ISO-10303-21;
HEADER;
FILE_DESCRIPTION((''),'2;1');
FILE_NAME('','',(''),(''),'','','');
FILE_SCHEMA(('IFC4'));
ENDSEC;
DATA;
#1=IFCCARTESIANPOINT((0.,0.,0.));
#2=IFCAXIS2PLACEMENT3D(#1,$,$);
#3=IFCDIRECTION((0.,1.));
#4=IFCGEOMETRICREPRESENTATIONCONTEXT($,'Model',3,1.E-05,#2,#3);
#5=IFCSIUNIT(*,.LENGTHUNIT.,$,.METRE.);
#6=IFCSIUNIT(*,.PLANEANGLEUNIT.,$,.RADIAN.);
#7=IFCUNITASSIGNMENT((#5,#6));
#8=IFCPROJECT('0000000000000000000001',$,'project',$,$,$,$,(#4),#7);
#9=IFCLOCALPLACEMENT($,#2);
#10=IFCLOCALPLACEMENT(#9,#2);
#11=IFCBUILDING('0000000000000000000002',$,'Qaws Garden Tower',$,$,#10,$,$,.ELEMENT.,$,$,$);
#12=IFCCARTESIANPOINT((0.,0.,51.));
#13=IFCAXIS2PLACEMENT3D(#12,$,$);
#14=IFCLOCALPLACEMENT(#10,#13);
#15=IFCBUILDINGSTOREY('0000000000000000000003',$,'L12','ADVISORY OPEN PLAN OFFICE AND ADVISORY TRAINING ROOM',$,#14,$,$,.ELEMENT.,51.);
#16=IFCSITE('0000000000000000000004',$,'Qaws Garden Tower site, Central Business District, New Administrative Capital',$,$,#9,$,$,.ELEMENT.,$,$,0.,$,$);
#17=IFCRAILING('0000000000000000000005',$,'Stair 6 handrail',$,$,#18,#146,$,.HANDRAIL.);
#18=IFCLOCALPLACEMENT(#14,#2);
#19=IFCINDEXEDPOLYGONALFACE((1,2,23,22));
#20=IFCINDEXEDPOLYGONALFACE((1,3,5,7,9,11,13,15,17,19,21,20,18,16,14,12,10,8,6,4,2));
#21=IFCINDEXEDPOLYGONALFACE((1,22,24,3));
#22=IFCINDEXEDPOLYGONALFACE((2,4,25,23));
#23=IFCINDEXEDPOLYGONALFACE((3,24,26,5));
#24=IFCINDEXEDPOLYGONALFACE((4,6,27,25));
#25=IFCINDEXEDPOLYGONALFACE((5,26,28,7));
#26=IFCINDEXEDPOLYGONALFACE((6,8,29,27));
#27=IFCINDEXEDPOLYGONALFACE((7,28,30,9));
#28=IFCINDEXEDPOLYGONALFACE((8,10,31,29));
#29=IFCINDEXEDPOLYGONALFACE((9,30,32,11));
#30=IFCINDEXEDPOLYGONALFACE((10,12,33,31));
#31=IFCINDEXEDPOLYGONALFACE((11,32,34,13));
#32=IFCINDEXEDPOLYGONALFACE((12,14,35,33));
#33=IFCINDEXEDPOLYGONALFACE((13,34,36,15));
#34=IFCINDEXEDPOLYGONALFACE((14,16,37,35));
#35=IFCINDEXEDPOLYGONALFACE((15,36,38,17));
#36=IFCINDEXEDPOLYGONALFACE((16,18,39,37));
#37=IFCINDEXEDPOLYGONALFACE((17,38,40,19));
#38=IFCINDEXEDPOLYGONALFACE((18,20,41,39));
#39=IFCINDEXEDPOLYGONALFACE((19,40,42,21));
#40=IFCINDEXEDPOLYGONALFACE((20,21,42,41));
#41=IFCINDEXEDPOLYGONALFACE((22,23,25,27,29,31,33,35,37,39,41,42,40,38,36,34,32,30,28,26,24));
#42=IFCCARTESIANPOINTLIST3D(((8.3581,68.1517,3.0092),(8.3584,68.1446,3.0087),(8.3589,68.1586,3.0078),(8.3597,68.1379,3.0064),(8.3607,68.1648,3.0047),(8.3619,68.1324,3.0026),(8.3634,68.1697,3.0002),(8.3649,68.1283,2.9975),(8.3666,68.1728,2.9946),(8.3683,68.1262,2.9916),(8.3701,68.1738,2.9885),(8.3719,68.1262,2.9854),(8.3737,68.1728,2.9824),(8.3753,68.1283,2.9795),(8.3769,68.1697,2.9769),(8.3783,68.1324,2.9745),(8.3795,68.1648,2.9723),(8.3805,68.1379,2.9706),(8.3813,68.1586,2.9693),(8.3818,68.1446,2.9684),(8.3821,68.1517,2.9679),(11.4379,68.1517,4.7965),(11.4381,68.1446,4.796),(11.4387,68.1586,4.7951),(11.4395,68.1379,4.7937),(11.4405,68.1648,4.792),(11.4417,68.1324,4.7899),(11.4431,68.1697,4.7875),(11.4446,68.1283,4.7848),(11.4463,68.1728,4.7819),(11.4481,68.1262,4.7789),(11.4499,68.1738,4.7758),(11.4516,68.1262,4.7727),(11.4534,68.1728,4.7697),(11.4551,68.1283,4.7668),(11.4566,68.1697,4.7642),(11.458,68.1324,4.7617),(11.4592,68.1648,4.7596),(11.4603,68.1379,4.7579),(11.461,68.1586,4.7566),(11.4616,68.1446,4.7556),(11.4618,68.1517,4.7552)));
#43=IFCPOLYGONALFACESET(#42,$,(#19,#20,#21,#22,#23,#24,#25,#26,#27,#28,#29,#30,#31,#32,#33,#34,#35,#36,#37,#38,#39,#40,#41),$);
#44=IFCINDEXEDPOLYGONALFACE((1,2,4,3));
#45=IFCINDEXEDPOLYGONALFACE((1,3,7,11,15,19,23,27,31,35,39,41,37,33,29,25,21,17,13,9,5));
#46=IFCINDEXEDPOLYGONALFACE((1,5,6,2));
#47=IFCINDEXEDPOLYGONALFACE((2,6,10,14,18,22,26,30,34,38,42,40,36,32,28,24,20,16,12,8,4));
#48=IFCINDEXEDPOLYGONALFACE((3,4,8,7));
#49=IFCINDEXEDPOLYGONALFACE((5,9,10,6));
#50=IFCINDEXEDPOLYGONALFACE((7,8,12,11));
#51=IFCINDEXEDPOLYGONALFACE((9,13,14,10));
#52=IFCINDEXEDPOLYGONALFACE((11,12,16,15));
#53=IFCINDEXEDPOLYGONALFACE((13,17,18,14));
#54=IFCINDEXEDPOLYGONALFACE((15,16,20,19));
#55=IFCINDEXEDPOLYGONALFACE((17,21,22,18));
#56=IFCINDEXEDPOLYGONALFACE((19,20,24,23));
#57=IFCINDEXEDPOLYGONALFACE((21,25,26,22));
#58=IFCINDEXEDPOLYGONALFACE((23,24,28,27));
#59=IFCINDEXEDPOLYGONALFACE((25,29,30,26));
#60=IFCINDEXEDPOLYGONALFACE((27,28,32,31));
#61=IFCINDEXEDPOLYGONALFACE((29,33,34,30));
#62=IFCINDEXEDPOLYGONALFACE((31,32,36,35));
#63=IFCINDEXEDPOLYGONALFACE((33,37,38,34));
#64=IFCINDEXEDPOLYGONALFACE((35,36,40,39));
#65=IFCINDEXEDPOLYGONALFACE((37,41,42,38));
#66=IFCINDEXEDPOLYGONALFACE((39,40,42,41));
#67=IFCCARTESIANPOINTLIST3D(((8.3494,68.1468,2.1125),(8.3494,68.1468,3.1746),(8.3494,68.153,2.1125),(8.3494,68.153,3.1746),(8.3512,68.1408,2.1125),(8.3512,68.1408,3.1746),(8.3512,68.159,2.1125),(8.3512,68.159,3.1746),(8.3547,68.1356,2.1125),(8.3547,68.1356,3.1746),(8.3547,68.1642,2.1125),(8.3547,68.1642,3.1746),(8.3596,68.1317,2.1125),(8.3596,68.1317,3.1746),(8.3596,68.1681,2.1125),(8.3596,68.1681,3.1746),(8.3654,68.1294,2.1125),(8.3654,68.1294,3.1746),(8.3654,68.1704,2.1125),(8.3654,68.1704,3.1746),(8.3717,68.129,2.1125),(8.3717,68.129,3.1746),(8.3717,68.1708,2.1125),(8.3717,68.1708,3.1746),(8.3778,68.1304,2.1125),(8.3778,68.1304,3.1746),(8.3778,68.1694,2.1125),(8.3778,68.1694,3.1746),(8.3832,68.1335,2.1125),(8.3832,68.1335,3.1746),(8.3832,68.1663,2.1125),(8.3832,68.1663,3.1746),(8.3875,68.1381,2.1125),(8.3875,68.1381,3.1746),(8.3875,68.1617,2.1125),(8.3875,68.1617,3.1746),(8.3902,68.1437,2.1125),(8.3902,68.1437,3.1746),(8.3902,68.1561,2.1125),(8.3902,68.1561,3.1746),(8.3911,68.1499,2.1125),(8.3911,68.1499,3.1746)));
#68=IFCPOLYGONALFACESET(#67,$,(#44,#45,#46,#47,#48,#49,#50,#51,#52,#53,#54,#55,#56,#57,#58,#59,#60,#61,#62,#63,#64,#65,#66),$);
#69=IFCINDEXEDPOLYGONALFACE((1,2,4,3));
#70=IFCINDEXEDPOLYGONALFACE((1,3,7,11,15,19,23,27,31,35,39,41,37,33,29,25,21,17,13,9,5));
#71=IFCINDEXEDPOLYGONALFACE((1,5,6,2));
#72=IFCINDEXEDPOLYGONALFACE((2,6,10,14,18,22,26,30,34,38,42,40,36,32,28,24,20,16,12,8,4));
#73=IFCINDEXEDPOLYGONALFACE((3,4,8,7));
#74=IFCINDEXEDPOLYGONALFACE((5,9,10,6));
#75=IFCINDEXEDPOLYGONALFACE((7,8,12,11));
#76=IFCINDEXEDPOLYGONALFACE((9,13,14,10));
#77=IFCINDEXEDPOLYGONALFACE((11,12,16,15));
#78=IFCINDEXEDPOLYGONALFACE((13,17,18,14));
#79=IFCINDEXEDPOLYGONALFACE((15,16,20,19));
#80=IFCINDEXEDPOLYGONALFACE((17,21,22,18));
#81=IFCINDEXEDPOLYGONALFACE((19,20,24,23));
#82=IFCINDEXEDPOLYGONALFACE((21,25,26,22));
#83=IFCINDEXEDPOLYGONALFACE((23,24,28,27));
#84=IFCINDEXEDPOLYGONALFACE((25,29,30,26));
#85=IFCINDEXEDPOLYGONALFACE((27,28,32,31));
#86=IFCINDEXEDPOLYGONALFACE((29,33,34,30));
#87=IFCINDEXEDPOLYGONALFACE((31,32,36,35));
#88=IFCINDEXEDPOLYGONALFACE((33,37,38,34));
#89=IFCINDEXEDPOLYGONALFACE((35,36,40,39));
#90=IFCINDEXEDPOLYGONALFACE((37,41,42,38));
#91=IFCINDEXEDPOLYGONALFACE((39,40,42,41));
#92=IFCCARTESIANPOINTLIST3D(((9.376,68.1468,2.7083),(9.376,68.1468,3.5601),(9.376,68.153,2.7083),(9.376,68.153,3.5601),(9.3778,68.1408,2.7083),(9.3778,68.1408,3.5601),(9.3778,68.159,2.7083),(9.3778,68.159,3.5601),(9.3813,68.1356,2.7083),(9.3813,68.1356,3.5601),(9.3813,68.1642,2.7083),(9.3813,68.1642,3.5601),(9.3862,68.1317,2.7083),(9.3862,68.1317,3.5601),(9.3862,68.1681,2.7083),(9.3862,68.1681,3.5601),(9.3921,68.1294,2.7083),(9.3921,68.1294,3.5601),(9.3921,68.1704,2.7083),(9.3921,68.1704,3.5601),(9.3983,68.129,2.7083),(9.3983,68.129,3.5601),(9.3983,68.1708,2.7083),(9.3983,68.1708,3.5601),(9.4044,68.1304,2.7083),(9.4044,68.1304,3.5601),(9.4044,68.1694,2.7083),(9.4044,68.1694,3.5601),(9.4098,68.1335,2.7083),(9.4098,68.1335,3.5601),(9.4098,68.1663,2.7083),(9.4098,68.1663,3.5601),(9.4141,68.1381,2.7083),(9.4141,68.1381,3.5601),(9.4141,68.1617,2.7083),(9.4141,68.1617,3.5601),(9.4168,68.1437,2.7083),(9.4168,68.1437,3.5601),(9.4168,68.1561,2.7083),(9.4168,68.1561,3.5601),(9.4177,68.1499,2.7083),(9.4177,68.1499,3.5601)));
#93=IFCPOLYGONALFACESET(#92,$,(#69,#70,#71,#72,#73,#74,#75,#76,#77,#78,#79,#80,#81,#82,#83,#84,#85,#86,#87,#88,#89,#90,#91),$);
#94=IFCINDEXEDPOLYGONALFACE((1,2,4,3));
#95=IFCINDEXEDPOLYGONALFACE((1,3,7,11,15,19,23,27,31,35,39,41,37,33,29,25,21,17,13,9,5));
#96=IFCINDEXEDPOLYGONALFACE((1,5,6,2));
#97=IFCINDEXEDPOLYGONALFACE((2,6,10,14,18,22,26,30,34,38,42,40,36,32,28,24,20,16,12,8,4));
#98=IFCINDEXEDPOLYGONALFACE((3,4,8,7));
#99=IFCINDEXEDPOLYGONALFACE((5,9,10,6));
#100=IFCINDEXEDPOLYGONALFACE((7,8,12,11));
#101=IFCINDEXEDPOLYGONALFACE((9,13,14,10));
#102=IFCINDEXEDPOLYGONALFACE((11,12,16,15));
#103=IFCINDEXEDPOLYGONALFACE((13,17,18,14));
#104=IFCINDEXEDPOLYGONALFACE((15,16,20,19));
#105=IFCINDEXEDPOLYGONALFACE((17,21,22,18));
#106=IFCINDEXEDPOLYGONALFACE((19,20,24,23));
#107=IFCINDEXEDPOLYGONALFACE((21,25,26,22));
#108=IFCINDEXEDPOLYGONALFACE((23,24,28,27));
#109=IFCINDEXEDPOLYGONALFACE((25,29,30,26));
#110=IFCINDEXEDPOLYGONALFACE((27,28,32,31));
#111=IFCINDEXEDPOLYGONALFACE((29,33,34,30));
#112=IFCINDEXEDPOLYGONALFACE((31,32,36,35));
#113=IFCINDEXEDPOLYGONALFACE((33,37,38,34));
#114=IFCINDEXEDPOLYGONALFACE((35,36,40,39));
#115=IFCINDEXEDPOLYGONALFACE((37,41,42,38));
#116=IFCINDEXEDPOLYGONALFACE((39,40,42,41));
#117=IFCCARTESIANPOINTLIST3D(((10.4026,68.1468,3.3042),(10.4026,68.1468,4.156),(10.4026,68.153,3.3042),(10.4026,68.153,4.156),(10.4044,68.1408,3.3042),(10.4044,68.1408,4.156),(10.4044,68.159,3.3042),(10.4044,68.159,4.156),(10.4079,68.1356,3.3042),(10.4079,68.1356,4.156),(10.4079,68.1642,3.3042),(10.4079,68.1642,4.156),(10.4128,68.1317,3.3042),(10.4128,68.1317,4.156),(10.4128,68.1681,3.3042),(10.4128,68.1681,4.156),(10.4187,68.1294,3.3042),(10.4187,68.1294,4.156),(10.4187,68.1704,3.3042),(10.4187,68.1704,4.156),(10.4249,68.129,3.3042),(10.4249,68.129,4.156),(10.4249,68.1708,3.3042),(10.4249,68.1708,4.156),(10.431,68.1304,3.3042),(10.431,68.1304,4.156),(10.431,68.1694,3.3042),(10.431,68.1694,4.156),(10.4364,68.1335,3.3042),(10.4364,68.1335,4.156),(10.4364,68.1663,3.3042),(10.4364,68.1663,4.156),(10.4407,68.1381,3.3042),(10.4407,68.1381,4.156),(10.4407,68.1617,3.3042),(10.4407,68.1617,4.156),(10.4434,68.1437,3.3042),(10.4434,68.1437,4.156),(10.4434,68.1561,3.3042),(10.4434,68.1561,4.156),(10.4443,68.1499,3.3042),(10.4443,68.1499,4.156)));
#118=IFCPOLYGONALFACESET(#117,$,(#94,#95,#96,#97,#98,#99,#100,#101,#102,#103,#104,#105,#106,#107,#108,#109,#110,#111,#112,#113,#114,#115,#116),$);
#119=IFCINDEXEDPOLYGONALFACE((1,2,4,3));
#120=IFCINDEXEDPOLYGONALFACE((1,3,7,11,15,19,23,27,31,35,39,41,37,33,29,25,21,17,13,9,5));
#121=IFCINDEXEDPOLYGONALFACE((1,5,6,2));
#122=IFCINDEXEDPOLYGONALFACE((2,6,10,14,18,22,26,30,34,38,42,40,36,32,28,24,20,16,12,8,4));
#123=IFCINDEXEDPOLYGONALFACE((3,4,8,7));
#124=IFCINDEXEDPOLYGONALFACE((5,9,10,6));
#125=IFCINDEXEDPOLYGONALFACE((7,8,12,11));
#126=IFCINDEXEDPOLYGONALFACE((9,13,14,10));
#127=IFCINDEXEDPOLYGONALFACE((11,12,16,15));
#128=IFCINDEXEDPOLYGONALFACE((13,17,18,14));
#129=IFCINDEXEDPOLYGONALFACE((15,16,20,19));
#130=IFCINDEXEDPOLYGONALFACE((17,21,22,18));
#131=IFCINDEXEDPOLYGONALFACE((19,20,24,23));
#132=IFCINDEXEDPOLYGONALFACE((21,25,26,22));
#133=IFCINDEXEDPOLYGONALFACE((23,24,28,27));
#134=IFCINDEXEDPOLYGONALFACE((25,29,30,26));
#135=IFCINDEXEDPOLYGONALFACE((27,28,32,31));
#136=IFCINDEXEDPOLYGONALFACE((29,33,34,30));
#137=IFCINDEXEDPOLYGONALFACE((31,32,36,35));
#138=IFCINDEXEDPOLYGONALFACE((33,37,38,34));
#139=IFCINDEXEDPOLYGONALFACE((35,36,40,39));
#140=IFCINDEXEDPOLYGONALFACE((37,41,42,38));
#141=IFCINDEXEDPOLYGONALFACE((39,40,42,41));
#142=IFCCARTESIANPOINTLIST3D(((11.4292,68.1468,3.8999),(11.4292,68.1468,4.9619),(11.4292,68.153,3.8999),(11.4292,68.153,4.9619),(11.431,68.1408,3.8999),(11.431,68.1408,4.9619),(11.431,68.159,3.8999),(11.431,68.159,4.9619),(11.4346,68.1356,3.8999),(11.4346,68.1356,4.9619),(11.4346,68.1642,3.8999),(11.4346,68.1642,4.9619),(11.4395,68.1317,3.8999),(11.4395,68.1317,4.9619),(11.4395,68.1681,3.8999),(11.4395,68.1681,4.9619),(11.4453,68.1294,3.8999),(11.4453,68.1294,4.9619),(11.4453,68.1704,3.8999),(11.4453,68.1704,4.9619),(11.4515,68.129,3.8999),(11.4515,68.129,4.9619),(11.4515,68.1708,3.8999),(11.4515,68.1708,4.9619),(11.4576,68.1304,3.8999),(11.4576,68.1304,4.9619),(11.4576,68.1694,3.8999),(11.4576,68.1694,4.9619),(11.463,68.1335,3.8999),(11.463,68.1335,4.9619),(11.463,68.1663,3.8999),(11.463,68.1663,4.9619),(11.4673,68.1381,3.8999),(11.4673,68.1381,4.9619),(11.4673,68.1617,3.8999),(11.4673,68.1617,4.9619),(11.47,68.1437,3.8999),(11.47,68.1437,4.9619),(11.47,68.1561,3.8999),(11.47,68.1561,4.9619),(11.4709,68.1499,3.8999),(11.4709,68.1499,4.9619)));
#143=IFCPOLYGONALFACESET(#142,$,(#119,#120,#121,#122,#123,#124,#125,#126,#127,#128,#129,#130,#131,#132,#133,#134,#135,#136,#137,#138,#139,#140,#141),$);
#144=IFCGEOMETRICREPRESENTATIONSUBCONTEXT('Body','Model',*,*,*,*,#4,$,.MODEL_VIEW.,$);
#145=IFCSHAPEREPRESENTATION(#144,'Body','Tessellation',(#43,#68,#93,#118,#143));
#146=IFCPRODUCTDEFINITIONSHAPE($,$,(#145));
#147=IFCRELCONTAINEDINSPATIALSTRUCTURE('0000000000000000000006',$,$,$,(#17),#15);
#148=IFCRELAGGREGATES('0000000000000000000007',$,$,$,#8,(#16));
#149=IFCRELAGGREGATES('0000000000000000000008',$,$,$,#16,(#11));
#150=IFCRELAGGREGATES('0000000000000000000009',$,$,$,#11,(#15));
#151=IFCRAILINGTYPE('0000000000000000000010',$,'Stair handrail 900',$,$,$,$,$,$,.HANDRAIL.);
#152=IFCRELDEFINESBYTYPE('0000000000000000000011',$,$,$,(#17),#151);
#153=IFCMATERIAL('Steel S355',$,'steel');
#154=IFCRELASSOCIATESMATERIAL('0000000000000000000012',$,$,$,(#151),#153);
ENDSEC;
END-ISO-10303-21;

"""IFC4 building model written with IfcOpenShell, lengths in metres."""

from ifc_helpers import new_model, si_unit, direction, frame, origin, origin_2d, place, context, subcontext, project, spatial, circle, extrude, material, type_object, element, save


model = new_model("IFC4")

# Units and contexts
model_context = context("Model", 3, precision=1e-05, world=origin(), true_north=direction((0.0, 1.0)))
body_context = subcontext(model_context, "Body", "Model", "MODEL_VIEW")
ifc_project = project(units=[si_unit("LENGTHUNIT", "METRE"), si_unit("PLANEANGLEUNIT", "RADIAN")], contexts=[model_context])

# Site, building, storey
site_placement = place(None, origin())
site = spatial("IfcSite", under=ifc_project, at=site_placement, Name="Qaws Garden Tower site, Central Business District, New Administrative Capital", CompositionType="ELEMENT", RefElevation=0.0)
building_placement = place(site_placement, origin())
building = spatial("IfcBuilding", under=site, at=building_placement, Name="Qaws Garden Tower", CompositionType="ELEMENT")
storey_placement = place(building_placement, frame((0.0, 0.0, 51.0)))
storey = spatial("IfcBuildingStorey", under=building, at=storey_placement, Name="L12", Description="ADVISORY OPEN PLAN OFFICE AND ADVISORY TRAINING ROOM", CompositionType="ELEMENT", Elevation=51.0)

# Railing
ifc_material_1 = material(Name="Steel S355", Category="steel")
railing_type = type_object("IfcRailingType", Name="Stair handrail 900", PredefinedType="HANDRAIL", material=ifc_material_1)
railing_1_placement = place(storey_placement, frame((8.3701, 68.1499, 2.1125)))
element("IfcRailing", 1, at=railing_1_placement, inside=storey, type_object=railing_type, Name="Stair 6 handrail", PredefinedType="HANDRAIL", context=body_context, shape_type="SweptSolid", body=[
    extrude(circle(Radius=0.0239, at=origin_2d()), frame((0.0, 0.0, 0.876), z_axis=(0.864903, 0.0, 0.501939), x_axis=(0.0, 1.0, 0.0)), (0.0, 0.0, 1.0), 3.5608),
    extrude(circle(Radius=0.021, at=origin_2d()), origin(), (0.0, 0.0, 1.0), 1.062),
    extrude(circle(Radius=0.021, at=origin_2d()), frame((1.0266, 0.0, 0.5957)), (0.0, 0.0, 1.0), 0.8518),
    extrude(circle(Radius=0.021, at=origin_2d()), frame((2.0532, 0.0, 1.1917)), (0.0, 0.0, 1.0), 0.8518),
    extrude(circle(Radius=0.021, at=origin_2d()), frame((3.0798, 0.0, 1.7874)), (0.0, 0.0, 1.0), 1.062),
])

save(model, "model.ifc")
